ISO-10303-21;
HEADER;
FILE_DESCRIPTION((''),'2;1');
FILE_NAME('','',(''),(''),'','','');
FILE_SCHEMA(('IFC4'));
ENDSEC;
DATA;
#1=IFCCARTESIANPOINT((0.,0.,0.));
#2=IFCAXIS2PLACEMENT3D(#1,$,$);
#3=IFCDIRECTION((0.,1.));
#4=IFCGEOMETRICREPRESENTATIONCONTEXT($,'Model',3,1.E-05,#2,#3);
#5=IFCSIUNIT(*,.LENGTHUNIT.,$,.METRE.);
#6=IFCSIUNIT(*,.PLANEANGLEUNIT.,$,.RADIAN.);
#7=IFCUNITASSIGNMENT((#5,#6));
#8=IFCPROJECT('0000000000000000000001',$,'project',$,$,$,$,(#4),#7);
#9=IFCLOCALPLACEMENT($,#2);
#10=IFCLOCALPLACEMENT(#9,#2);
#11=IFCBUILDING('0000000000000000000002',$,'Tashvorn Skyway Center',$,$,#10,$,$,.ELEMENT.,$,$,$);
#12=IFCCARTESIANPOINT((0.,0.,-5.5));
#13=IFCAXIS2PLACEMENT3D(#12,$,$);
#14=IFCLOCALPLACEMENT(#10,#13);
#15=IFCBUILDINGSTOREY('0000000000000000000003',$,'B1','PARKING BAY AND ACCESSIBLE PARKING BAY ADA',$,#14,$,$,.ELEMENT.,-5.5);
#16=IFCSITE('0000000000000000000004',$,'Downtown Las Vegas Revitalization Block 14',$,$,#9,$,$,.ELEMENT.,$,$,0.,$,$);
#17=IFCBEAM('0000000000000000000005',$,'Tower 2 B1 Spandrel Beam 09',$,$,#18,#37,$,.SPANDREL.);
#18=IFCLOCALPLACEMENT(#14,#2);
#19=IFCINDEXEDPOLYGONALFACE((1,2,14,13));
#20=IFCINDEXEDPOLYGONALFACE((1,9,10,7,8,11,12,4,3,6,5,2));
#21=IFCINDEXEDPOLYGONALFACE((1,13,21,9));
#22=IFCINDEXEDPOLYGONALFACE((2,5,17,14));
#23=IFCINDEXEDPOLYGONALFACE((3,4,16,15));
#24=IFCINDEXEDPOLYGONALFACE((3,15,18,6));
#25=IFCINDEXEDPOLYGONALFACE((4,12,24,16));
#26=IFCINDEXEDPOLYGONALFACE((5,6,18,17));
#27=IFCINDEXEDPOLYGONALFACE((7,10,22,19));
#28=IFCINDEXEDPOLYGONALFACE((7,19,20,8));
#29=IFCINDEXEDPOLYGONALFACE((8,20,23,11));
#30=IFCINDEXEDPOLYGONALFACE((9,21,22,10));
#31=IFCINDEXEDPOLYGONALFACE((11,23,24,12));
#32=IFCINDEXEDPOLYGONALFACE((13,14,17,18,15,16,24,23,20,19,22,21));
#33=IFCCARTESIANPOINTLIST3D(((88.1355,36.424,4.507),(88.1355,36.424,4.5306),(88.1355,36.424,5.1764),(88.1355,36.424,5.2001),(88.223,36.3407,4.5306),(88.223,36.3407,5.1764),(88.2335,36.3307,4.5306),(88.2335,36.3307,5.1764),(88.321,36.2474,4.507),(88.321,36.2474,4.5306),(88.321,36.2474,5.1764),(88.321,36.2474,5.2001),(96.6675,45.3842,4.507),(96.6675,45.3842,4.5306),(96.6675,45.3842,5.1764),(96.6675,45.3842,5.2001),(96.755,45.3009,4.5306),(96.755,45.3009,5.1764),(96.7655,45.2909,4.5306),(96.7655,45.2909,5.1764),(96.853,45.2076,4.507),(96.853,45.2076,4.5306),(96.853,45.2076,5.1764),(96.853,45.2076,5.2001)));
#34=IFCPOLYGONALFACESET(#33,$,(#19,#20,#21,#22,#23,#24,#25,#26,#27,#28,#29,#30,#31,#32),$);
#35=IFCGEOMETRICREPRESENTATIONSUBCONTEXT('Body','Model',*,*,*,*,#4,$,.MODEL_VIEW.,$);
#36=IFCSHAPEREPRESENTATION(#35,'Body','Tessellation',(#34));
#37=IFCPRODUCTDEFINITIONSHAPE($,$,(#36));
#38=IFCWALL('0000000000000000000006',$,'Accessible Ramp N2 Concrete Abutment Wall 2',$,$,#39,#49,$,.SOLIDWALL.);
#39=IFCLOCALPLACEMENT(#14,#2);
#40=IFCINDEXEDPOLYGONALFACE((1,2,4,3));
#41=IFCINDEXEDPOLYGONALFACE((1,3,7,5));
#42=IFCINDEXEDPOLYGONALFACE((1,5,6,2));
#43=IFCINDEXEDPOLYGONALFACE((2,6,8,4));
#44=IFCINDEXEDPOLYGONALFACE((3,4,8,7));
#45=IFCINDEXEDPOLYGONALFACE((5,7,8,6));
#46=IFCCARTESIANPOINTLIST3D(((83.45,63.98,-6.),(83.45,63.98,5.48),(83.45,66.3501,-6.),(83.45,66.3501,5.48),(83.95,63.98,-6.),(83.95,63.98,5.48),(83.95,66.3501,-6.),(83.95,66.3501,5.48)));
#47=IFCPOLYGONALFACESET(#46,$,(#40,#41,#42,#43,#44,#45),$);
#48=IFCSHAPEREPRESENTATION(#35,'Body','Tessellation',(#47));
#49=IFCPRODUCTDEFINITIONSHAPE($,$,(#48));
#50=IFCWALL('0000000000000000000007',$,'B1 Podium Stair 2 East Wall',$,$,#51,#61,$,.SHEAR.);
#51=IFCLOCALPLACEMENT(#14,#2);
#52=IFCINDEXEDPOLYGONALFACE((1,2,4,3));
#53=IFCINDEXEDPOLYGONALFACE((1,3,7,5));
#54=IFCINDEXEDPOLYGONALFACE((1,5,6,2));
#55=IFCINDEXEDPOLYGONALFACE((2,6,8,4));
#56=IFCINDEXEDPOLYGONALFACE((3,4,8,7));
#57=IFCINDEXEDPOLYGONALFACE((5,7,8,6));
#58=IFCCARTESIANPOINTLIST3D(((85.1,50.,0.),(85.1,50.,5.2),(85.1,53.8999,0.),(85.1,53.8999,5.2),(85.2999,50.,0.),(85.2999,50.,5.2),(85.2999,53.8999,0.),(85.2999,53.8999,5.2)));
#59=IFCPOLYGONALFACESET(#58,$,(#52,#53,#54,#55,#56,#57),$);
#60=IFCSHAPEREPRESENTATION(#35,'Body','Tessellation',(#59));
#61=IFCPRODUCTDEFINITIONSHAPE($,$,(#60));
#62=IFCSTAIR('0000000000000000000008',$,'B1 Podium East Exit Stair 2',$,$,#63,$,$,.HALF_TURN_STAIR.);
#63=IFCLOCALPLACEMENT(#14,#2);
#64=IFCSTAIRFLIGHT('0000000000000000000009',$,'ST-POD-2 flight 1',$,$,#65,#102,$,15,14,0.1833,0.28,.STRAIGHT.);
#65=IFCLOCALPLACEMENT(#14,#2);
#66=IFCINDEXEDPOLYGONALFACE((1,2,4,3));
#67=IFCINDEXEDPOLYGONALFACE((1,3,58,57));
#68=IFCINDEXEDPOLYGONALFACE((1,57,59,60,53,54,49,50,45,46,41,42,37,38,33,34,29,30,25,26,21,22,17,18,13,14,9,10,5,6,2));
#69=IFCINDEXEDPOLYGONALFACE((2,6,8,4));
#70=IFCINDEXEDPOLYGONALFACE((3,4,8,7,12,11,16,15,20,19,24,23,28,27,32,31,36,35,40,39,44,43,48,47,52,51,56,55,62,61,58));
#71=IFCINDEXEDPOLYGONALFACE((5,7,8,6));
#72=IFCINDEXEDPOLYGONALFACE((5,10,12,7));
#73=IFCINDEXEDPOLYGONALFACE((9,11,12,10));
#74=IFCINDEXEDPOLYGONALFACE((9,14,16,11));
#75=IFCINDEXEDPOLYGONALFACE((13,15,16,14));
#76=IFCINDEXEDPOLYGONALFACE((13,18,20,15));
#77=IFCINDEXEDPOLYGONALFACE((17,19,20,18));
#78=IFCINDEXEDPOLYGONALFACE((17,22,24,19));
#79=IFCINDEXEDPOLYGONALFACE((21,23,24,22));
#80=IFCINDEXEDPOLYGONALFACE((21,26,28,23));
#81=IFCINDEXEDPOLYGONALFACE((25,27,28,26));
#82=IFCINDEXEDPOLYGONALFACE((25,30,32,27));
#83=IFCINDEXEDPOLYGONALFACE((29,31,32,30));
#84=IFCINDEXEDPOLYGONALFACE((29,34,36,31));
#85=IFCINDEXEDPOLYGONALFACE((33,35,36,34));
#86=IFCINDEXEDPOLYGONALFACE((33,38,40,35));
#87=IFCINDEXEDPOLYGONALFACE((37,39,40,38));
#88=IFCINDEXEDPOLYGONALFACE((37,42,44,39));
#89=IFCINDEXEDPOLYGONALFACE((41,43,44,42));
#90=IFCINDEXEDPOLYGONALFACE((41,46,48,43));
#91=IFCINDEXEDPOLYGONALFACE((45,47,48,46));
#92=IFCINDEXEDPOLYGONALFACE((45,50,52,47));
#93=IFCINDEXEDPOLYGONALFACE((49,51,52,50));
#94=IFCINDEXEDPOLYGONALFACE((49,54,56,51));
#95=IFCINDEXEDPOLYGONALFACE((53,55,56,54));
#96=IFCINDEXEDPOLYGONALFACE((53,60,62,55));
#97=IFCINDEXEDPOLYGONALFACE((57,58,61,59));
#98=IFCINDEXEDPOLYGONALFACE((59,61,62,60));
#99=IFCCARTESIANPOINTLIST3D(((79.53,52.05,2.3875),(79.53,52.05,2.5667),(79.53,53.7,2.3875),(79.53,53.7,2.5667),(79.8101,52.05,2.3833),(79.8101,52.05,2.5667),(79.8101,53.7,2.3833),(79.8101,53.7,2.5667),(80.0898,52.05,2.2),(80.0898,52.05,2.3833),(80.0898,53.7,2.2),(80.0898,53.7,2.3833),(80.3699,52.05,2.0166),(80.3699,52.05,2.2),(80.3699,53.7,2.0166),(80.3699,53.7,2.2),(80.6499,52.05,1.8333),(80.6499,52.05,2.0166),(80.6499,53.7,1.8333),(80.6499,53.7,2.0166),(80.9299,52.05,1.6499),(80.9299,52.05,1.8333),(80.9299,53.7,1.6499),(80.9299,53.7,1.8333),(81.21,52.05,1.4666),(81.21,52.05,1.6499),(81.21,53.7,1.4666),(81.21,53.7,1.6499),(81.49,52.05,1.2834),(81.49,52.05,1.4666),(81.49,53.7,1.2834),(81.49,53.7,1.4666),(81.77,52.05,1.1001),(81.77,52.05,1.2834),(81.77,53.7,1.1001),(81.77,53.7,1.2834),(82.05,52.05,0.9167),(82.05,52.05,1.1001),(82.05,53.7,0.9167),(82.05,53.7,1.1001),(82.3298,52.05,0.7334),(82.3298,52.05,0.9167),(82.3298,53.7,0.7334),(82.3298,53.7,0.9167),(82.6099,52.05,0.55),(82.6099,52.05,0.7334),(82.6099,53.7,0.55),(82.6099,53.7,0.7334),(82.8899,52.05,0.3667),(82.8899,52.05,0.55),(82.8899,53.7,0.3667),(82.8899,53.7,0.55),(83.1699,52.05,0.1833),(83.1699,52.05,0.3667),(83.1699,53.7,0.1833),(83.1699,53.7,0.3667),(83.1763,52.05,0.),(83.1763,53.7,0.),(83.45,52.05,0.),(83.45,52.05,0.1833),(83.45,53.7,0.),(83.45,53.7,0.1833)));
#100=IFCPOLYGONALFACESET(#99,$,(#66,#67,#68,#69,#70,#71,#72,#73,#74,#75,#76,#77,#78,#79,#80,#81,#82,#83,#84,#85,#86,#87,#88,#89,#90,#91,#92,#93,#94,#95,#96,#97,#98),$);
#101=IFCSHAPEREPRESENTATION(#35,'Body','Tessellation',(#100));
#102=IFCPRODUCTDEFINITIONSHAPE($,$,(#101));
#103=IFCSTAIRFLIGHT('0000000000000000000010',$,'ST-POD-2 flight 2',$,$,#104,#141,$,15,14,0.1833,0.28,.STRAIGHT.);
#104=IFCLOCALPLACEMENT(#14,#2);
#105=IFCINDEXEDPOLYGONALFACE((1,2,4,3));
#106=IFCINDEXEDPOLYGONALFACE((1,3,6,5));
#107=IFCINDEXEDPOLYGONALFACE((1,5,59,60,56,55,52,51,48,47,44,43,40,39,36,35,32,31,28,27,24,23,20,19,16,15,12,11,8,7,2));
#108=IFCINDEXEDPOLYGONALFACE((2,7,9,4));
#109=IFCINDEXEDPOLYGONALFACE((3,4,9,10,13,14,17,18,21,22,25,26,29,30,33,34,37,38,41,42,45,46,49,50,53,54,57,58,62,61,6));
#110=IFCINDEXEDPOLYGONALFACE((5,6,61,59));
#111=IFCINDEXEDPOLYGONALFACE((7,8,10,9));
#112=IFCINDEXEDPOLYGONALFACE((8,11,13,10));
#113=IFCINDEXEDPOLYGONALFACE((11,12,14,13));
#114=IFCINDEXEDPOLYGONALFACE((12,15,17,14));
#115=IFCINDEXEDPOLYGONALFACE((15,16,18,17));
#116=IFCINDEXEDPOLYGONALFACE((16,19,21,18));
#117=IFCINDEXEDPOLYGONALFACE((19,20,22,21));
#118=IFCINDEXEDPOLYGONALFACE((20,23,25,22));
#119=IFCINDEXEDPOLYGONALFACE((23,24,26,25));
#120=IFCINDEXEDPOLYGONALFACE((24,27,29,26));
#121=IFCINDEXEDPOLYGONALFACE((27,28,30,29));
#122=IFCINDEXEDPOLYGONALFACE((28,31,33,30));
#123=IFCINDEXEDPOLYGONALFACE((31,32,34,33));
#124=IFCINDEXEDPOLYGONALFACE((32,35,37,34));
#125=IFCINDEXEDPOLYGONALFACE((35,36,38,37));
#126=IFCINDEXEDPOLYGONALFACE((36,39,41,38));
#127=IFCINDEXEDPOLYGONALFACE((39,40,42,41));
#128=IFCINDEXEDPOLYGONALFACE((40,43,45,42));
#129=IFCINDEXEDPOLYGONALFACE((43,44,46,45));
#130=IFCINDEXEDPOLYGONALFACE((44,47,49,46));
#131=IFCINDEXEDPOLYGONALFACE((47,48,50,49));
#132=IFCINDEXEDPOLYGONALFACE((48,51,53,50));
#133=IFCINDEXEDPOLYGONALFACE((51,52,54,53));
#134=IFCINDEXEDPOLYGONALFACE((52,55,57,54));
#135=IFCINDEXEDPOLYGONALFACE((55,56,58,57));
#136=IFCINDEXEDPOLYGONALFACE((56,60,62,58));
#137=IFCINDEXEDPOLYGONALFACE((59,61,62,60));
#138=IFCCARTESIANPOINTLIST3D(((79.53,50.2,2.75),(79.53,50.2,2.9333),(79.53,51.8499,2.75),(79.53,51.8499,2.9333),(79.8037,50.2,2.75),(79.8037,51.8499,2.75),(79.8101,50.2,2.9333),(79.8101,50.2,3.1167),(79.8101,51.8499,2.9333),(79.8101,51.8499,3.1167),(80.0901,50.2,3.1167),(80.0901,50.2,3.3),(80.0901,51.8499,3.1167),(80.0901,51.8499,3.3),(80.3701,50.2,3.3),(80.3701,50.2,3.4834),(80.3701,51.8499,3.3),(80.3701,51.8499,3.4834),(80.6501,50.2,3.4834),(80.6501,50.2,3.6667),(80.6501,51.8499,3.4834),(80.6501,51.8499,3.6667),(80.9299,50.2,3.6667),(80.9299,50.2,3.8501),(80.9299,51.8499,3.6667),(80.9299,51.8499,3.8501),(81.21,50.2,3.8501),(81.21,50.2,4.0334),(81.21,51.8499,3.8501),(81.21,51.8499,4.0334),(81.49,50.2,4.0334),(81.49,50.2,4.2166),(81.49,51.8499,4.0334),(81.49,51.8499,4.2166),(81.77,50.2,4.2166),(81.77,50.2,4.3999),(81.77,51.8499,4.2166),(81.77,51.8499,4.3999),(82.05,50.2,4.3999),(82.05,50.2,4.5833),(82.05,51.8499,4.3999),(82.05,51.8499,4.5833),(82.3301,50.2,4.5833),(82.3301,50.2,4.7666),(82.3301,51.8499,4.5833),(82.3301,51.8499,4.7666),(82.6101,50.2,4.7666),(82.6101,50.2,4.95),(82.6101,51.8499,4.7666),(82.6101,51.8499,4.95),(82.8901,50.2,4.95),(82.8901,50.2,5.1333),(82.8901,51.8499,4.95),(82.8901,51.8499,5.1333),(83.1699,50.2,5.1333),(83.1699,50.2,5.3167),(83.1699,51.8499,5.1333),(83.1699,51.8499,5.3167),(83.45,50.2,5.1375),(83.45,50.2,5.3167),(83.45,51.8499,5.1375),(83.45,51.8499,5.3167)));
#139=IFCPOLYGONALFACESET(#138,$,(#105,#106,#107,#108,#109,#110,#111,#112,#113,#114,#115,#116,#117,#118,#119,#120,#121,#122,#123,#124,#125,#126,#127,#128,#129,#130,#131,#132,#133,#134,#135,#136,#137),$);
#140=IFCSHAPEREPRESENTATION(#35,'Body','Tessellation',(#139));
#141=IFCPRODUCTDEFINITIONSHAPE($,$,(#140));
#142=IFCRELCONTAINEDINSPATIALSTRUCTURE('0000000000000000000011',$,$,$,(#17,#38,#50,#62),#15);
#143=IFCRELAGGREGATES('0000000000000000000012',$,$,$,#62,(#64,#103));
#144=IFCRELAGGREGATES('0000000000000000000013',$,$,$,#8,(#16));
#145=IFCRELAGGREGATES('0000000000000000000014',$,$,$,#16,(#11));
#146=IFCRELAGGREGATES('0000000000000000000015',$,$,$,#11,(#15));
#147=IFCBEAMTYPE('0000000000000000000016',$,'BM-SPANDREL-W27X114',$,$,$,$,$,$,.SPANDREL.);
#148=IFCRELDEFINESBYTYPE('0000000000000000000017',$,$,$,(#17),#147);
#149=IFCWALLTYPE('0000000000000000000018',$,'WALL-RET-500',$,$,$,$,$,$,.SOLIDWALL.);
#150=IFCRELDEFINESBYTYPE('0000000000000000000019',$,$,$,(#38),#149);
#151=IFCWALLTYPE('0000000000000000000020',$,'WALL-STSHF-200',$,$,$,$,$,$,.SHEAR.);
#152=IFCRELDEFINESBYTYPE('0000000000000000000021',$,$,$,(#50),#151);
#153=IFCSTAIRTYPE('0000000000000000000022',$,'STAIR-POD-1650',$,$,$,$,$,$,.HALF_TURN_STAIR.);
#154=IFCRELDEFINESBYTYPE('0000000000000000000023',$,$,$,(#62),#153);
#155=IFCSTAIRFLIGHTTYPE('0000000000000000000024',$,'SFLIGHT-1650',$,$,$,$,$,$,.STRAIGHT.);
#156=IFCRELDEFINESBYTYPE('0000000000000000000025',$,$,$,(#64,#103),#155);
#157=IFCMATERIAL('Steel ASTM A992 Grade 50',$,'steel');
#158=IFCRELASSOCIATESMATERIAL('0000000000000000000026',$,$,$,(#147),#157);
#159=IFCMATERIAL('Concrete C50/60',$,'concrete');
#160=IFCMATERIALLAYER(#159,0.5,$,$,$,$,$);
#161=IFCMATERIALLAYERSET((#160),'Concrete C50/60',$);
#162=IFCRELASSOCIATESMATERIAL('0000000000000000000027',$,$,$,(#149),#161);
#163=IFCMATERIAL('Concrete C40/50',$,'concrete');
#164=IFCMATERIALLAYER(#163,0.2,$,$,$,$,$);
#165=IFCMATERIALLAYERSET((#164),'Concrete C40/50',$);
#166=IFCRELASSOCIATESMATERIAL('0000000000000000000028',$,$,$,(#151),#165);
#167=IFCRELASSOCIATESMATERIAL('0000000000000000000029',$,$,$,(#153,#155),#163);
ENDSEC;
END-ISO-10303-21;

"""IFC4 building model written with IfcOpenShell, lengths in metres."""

from ifc_helpers import new_model, si_unit, direction, frame, frame_2d, origin, origin_2d, place, context, subcontext, project, spatial, polyline, rectangle, i_section, outline, extrude, material, layer, layer_set, material_profile, profile_set, type_object, element, aggregate, save


model = new_model("IFC4")

# Units and contexts
model_context = context("Model", 3, precision=1e-05, world=origin(), true_north=direction((0.0, 1.0)))
body_context = subcontext(model_context, "Body", "Model", "MODEL_VIEW")
ifc_project = project(units=[si_unit("LENGTHUNIT", "METRE"), si_unit("PLANEANGLEUNIT", "RADIAN")], contexts=[model_context])

# Site, building, storey
site_placement = place(None, origin())
site = spatial("IfcSite", under=ifc_project, at=site_placement, Name="Downtown Las Vegas Revitalization Block 14", CompositionType="ELEMENT", RefElevation=0.0)
building_placement = place(site_placement, origin())
building = spatial("IfcBuilding", under=site, at=building_placement, Name="Tashvorn Skyway Center", CompositionType="ELEMENT")
storey_placement = place(building_placement, frame((0.0, 0.0, -5.5)))
storey = spatial("IfcBuildingStorey", under=building, at=storey_placement, Name="B1", Description="PARKING BAY AND ACCESSIBLE PARKING BAY ADA", CompositionType="ELEMENT", Elevation=-5.5)

# Shared definitions
ifc_material_1 = material(Name="Concrete C50/60", Category="concrete")

# Beam
ifc_material_2 = material(Name="Steel ASTM A992 Grade 50", Category="steel")
ifc_material_profile_1 = material_profile(ifc_material_2, i_section(OverallWidth=0.2561, OverallDepth=0.6931, WebThickness=0.0144, FlangeThickness=0.0237, at=origin_2d()), Name="W27X114")
ifc_profile_set_1 = profile_set([ifc_material_profile_1], Name="Steel ASTM A992 Grade 50")
beam_type_1 = type_object("IfcBeamType", Name="BM-SPANDREL-W27X114", PredefinedType="SPANDREL", material=ifc_profile_set_1)
beam_1_placement = place(storey_placement, frame((96.7603, 45.2959, 4.8535), z_axis=(-0.68959, -0.7242, 0.0), x_axis=(0.7242, -0.68959, 0.0)))
element("IfcBeam", 1, at=beam_1_placement, inside=storey, type_object=beam_type_1, Name="Tower 2 B1 Spandrel Beam 09", PredefinedType="SPANDREL", context=body_context, shape_type="SweptSolid", body=[
    extrude(i_section(OverallWidth=0.2561, OverallDepth=0.6931, WebThickness=0.0144, FlangeThickness=0.0237, at=origin_2d()), origin(), (0.0, 0.0, 1.0), 12.3726),
])

# Walls
ifc_layer_1 = layer(ifc_material_1, 0.5)
ifc_layer_set_1 = layer_set([ifc_layer_1], Name="Concrete C50/60")
wall_type_1 = type_object("IfcWallType", Name="WALL-RET-500", PredefinedType="SOLIDWALL", material=ifc_layer_set_1)
wall_1_placement = place(storey_placement, frame((83.7, 66.3501, -6.0), z_axis=(0.0, 0.0, 1.0), x_axis=(0.0, -1.0, 0.0)))
element("IfcWall", 2, at=wall_1_placement, inside=storey, type_object=wall_type_1, Name="Accessible Ramp N2 Concrete Abutment Wall 2", PredefinedType="SOLIDWALL", context=body_context, shape_type="SweptSolid", body=[
    extrude(rectangle(XDim=2.3701, YDim=0.5, at=frame_2d((1.1851, 0.0))), origin(), (0.0, 0.0, 1.0), 11.48),
])
ifc_material_3 = material(Name="Concrete C40/50", Category="concrete")
ifc_layer_2 = layer(ifc_material_3, 0.2)
ifc_layer_set_2 = layer_set([ifc_layer_2], Name="Concrete C40/50")
wall_type_2 = type_object("IfcWallType", Name="WALL-STSHF-200", PredefinedType="SHEAR", material=ifc_layer_set_2)
wall_2_placement = place(storey_placement, frame((85.2, 50.0, 0.0), z_axis=(0.0, 0.0, 1.0), x_axis=(0.0, 1.0, 0.0)))
element("IfcWall", 3, at=wall_2_placement, inside=storey, type_object=wall_type_2, Name="B1 Podium Stair 2 East Wall", PredefinedType="SHEAR", context=body_context, shape_type="SweptSolid", body=[
    extrude(rectangle(XDim=3.8999, YDim=0.2, at=frame_2d((1.95, 0.0))), origin(), (0.0, 0.0, 1.0), 5.2),
])

# Stair, stair flights
stair_type = type_object("IfcStairType", Name="STAIR-POD-1650", PredefinedType="HALF_TURN_STAIR", material=ifc_material_3)
stair_placement = place(storey_placement, origin())
stair = element("IfcStair", 4, at=stair_placement, inside=storey, type_object=stair_type, Name="B1 Podium East Exit Stair 2", PredefinedType="HALF_TURN_STAIR")
stair_flight_type = type_object("IfcStairFlightType", Name="SFLIGHT-1650", PredefinedType="STRAIGHT", material=ifc_material_3)
stair_flight_1_placement = place(storey_placement, frame((83.45, 52.875, 0.0), z_axis=(0.0, 0.0, 1.0), x_axis=(-1.0, 0.0, 0.0)))
stair_flight_1 = element("IfcStairFlight", 5, at=stair_flight_1_placement, type_object=stair_flight_type, Name="ST-POD-2 flight 1", NumberOfRisers=15, NumberOfTreads=14, PredefinedType="STRAIGHT", RiserHeight=0.1833, TreadLength=0.28, context=body_context, shape_type="SweptSolid", body=[
    extrude(outline(polyline([(0.0, 0.0), (0.0, 0.1833), (0.28, 0.1833), (0.28, 0.3667), (0.5601, 0.3667), (0.5601, 0.55), (0.8401, 0.55), (0.8401, 0.7334), (1.1201, 0.7334), (1.1201, 0.9167), (1.3999, 0.9167), (1.3999, 1.1001), (1.6799, 1.1001), (1.6799, 1.2834), (1.96, 1.2834), (1.96, 1.4666), (2.24, 1.4666), (2.24, 1.6499), (2.52, 1.6499), (2.52, 1.8333), (2.8, 1.8333), (2.8, 2.0166), (3.0801, 2.0166), (3.0801, 2.2), (3.3601, 2.2), (3.3601, 2.3833), (3.6399, 2.3833), (3.6399, 2.5667), (3.9199, 2.5667), (3.9199, 2.75), (3.9199, 2.3875), (0.2737, 0.0), (0.0, 0.0)])), frame((0.0, 0.825, 0.0), z_axis=(0.0, -1.0, 0.0), x_axis=(1.0, 0.0, 0.0)), (0.0, 0.0, 1.0), 1.6499),
])
stair_flight_2_placement = place(storey_placement, frame((79.53, 51.0249, 2.75), z_axis=(0.0, 0.0, 1.0), x_axis=(1.0, 0.0, 0.0)))
stair_flight_2 = element("IfcStairFlight", 6, at=stair_flight_2_placement, type_object=stair_flight_type, Name="ST-POD-2 flight 2", NumberOfRisers=15, NumberOfTreads=14, PredefinedType="STRAIGHT", RiserHeight=0.1833, TreadLength=0.28, context=body_context, shape_type="SweptSolid", body=[
    extrude(outline(polyline([(0.0, 0.0), (0.0, 0.1833), (0.28, 0.1833), (0.28, 0.3667), (0.5601, 0.3667), (0.5601, 0.55), (0.8401, 0.55), (0.8401, 0.7334), (1.1201, 0.7334), (1.1201, 0.9167), (1.3999, 0.9167), (1.3999, 1.1001), (1.6799, 1.1001), (1.6799, 1.2834), (1.96, 1.2834), (1.96, 1.4666), (2.24, 1.4666), (2.24, 1.6499), (2.52, 1.6499), (2.52, 1.8333), (2.8, 1.8333), (2.8, 2.0166), (3.0801, 2.0166), (3.0801, 2.2), (3.3601, 2.2), (3.3601, 2.3833), (3.6399, 2.3833), (3.6399, 2.5667), (3.9199, 2.5667), (3.9199, 2.75), (3.9199, 2.3875), (0.2737, 0.0), (0.0, 0.0)])), frame((0.0, 0.825, 0.0), z_axis=(0.0, -1.0, 0.0), x_axis=(1.0, 0.0, 0.0)), (0.0, 0.0, 1.0), 1.6499),
])
aggregate(stair, [stair_flight_1, stair_flight_2])

save(model, "model.ifc")
